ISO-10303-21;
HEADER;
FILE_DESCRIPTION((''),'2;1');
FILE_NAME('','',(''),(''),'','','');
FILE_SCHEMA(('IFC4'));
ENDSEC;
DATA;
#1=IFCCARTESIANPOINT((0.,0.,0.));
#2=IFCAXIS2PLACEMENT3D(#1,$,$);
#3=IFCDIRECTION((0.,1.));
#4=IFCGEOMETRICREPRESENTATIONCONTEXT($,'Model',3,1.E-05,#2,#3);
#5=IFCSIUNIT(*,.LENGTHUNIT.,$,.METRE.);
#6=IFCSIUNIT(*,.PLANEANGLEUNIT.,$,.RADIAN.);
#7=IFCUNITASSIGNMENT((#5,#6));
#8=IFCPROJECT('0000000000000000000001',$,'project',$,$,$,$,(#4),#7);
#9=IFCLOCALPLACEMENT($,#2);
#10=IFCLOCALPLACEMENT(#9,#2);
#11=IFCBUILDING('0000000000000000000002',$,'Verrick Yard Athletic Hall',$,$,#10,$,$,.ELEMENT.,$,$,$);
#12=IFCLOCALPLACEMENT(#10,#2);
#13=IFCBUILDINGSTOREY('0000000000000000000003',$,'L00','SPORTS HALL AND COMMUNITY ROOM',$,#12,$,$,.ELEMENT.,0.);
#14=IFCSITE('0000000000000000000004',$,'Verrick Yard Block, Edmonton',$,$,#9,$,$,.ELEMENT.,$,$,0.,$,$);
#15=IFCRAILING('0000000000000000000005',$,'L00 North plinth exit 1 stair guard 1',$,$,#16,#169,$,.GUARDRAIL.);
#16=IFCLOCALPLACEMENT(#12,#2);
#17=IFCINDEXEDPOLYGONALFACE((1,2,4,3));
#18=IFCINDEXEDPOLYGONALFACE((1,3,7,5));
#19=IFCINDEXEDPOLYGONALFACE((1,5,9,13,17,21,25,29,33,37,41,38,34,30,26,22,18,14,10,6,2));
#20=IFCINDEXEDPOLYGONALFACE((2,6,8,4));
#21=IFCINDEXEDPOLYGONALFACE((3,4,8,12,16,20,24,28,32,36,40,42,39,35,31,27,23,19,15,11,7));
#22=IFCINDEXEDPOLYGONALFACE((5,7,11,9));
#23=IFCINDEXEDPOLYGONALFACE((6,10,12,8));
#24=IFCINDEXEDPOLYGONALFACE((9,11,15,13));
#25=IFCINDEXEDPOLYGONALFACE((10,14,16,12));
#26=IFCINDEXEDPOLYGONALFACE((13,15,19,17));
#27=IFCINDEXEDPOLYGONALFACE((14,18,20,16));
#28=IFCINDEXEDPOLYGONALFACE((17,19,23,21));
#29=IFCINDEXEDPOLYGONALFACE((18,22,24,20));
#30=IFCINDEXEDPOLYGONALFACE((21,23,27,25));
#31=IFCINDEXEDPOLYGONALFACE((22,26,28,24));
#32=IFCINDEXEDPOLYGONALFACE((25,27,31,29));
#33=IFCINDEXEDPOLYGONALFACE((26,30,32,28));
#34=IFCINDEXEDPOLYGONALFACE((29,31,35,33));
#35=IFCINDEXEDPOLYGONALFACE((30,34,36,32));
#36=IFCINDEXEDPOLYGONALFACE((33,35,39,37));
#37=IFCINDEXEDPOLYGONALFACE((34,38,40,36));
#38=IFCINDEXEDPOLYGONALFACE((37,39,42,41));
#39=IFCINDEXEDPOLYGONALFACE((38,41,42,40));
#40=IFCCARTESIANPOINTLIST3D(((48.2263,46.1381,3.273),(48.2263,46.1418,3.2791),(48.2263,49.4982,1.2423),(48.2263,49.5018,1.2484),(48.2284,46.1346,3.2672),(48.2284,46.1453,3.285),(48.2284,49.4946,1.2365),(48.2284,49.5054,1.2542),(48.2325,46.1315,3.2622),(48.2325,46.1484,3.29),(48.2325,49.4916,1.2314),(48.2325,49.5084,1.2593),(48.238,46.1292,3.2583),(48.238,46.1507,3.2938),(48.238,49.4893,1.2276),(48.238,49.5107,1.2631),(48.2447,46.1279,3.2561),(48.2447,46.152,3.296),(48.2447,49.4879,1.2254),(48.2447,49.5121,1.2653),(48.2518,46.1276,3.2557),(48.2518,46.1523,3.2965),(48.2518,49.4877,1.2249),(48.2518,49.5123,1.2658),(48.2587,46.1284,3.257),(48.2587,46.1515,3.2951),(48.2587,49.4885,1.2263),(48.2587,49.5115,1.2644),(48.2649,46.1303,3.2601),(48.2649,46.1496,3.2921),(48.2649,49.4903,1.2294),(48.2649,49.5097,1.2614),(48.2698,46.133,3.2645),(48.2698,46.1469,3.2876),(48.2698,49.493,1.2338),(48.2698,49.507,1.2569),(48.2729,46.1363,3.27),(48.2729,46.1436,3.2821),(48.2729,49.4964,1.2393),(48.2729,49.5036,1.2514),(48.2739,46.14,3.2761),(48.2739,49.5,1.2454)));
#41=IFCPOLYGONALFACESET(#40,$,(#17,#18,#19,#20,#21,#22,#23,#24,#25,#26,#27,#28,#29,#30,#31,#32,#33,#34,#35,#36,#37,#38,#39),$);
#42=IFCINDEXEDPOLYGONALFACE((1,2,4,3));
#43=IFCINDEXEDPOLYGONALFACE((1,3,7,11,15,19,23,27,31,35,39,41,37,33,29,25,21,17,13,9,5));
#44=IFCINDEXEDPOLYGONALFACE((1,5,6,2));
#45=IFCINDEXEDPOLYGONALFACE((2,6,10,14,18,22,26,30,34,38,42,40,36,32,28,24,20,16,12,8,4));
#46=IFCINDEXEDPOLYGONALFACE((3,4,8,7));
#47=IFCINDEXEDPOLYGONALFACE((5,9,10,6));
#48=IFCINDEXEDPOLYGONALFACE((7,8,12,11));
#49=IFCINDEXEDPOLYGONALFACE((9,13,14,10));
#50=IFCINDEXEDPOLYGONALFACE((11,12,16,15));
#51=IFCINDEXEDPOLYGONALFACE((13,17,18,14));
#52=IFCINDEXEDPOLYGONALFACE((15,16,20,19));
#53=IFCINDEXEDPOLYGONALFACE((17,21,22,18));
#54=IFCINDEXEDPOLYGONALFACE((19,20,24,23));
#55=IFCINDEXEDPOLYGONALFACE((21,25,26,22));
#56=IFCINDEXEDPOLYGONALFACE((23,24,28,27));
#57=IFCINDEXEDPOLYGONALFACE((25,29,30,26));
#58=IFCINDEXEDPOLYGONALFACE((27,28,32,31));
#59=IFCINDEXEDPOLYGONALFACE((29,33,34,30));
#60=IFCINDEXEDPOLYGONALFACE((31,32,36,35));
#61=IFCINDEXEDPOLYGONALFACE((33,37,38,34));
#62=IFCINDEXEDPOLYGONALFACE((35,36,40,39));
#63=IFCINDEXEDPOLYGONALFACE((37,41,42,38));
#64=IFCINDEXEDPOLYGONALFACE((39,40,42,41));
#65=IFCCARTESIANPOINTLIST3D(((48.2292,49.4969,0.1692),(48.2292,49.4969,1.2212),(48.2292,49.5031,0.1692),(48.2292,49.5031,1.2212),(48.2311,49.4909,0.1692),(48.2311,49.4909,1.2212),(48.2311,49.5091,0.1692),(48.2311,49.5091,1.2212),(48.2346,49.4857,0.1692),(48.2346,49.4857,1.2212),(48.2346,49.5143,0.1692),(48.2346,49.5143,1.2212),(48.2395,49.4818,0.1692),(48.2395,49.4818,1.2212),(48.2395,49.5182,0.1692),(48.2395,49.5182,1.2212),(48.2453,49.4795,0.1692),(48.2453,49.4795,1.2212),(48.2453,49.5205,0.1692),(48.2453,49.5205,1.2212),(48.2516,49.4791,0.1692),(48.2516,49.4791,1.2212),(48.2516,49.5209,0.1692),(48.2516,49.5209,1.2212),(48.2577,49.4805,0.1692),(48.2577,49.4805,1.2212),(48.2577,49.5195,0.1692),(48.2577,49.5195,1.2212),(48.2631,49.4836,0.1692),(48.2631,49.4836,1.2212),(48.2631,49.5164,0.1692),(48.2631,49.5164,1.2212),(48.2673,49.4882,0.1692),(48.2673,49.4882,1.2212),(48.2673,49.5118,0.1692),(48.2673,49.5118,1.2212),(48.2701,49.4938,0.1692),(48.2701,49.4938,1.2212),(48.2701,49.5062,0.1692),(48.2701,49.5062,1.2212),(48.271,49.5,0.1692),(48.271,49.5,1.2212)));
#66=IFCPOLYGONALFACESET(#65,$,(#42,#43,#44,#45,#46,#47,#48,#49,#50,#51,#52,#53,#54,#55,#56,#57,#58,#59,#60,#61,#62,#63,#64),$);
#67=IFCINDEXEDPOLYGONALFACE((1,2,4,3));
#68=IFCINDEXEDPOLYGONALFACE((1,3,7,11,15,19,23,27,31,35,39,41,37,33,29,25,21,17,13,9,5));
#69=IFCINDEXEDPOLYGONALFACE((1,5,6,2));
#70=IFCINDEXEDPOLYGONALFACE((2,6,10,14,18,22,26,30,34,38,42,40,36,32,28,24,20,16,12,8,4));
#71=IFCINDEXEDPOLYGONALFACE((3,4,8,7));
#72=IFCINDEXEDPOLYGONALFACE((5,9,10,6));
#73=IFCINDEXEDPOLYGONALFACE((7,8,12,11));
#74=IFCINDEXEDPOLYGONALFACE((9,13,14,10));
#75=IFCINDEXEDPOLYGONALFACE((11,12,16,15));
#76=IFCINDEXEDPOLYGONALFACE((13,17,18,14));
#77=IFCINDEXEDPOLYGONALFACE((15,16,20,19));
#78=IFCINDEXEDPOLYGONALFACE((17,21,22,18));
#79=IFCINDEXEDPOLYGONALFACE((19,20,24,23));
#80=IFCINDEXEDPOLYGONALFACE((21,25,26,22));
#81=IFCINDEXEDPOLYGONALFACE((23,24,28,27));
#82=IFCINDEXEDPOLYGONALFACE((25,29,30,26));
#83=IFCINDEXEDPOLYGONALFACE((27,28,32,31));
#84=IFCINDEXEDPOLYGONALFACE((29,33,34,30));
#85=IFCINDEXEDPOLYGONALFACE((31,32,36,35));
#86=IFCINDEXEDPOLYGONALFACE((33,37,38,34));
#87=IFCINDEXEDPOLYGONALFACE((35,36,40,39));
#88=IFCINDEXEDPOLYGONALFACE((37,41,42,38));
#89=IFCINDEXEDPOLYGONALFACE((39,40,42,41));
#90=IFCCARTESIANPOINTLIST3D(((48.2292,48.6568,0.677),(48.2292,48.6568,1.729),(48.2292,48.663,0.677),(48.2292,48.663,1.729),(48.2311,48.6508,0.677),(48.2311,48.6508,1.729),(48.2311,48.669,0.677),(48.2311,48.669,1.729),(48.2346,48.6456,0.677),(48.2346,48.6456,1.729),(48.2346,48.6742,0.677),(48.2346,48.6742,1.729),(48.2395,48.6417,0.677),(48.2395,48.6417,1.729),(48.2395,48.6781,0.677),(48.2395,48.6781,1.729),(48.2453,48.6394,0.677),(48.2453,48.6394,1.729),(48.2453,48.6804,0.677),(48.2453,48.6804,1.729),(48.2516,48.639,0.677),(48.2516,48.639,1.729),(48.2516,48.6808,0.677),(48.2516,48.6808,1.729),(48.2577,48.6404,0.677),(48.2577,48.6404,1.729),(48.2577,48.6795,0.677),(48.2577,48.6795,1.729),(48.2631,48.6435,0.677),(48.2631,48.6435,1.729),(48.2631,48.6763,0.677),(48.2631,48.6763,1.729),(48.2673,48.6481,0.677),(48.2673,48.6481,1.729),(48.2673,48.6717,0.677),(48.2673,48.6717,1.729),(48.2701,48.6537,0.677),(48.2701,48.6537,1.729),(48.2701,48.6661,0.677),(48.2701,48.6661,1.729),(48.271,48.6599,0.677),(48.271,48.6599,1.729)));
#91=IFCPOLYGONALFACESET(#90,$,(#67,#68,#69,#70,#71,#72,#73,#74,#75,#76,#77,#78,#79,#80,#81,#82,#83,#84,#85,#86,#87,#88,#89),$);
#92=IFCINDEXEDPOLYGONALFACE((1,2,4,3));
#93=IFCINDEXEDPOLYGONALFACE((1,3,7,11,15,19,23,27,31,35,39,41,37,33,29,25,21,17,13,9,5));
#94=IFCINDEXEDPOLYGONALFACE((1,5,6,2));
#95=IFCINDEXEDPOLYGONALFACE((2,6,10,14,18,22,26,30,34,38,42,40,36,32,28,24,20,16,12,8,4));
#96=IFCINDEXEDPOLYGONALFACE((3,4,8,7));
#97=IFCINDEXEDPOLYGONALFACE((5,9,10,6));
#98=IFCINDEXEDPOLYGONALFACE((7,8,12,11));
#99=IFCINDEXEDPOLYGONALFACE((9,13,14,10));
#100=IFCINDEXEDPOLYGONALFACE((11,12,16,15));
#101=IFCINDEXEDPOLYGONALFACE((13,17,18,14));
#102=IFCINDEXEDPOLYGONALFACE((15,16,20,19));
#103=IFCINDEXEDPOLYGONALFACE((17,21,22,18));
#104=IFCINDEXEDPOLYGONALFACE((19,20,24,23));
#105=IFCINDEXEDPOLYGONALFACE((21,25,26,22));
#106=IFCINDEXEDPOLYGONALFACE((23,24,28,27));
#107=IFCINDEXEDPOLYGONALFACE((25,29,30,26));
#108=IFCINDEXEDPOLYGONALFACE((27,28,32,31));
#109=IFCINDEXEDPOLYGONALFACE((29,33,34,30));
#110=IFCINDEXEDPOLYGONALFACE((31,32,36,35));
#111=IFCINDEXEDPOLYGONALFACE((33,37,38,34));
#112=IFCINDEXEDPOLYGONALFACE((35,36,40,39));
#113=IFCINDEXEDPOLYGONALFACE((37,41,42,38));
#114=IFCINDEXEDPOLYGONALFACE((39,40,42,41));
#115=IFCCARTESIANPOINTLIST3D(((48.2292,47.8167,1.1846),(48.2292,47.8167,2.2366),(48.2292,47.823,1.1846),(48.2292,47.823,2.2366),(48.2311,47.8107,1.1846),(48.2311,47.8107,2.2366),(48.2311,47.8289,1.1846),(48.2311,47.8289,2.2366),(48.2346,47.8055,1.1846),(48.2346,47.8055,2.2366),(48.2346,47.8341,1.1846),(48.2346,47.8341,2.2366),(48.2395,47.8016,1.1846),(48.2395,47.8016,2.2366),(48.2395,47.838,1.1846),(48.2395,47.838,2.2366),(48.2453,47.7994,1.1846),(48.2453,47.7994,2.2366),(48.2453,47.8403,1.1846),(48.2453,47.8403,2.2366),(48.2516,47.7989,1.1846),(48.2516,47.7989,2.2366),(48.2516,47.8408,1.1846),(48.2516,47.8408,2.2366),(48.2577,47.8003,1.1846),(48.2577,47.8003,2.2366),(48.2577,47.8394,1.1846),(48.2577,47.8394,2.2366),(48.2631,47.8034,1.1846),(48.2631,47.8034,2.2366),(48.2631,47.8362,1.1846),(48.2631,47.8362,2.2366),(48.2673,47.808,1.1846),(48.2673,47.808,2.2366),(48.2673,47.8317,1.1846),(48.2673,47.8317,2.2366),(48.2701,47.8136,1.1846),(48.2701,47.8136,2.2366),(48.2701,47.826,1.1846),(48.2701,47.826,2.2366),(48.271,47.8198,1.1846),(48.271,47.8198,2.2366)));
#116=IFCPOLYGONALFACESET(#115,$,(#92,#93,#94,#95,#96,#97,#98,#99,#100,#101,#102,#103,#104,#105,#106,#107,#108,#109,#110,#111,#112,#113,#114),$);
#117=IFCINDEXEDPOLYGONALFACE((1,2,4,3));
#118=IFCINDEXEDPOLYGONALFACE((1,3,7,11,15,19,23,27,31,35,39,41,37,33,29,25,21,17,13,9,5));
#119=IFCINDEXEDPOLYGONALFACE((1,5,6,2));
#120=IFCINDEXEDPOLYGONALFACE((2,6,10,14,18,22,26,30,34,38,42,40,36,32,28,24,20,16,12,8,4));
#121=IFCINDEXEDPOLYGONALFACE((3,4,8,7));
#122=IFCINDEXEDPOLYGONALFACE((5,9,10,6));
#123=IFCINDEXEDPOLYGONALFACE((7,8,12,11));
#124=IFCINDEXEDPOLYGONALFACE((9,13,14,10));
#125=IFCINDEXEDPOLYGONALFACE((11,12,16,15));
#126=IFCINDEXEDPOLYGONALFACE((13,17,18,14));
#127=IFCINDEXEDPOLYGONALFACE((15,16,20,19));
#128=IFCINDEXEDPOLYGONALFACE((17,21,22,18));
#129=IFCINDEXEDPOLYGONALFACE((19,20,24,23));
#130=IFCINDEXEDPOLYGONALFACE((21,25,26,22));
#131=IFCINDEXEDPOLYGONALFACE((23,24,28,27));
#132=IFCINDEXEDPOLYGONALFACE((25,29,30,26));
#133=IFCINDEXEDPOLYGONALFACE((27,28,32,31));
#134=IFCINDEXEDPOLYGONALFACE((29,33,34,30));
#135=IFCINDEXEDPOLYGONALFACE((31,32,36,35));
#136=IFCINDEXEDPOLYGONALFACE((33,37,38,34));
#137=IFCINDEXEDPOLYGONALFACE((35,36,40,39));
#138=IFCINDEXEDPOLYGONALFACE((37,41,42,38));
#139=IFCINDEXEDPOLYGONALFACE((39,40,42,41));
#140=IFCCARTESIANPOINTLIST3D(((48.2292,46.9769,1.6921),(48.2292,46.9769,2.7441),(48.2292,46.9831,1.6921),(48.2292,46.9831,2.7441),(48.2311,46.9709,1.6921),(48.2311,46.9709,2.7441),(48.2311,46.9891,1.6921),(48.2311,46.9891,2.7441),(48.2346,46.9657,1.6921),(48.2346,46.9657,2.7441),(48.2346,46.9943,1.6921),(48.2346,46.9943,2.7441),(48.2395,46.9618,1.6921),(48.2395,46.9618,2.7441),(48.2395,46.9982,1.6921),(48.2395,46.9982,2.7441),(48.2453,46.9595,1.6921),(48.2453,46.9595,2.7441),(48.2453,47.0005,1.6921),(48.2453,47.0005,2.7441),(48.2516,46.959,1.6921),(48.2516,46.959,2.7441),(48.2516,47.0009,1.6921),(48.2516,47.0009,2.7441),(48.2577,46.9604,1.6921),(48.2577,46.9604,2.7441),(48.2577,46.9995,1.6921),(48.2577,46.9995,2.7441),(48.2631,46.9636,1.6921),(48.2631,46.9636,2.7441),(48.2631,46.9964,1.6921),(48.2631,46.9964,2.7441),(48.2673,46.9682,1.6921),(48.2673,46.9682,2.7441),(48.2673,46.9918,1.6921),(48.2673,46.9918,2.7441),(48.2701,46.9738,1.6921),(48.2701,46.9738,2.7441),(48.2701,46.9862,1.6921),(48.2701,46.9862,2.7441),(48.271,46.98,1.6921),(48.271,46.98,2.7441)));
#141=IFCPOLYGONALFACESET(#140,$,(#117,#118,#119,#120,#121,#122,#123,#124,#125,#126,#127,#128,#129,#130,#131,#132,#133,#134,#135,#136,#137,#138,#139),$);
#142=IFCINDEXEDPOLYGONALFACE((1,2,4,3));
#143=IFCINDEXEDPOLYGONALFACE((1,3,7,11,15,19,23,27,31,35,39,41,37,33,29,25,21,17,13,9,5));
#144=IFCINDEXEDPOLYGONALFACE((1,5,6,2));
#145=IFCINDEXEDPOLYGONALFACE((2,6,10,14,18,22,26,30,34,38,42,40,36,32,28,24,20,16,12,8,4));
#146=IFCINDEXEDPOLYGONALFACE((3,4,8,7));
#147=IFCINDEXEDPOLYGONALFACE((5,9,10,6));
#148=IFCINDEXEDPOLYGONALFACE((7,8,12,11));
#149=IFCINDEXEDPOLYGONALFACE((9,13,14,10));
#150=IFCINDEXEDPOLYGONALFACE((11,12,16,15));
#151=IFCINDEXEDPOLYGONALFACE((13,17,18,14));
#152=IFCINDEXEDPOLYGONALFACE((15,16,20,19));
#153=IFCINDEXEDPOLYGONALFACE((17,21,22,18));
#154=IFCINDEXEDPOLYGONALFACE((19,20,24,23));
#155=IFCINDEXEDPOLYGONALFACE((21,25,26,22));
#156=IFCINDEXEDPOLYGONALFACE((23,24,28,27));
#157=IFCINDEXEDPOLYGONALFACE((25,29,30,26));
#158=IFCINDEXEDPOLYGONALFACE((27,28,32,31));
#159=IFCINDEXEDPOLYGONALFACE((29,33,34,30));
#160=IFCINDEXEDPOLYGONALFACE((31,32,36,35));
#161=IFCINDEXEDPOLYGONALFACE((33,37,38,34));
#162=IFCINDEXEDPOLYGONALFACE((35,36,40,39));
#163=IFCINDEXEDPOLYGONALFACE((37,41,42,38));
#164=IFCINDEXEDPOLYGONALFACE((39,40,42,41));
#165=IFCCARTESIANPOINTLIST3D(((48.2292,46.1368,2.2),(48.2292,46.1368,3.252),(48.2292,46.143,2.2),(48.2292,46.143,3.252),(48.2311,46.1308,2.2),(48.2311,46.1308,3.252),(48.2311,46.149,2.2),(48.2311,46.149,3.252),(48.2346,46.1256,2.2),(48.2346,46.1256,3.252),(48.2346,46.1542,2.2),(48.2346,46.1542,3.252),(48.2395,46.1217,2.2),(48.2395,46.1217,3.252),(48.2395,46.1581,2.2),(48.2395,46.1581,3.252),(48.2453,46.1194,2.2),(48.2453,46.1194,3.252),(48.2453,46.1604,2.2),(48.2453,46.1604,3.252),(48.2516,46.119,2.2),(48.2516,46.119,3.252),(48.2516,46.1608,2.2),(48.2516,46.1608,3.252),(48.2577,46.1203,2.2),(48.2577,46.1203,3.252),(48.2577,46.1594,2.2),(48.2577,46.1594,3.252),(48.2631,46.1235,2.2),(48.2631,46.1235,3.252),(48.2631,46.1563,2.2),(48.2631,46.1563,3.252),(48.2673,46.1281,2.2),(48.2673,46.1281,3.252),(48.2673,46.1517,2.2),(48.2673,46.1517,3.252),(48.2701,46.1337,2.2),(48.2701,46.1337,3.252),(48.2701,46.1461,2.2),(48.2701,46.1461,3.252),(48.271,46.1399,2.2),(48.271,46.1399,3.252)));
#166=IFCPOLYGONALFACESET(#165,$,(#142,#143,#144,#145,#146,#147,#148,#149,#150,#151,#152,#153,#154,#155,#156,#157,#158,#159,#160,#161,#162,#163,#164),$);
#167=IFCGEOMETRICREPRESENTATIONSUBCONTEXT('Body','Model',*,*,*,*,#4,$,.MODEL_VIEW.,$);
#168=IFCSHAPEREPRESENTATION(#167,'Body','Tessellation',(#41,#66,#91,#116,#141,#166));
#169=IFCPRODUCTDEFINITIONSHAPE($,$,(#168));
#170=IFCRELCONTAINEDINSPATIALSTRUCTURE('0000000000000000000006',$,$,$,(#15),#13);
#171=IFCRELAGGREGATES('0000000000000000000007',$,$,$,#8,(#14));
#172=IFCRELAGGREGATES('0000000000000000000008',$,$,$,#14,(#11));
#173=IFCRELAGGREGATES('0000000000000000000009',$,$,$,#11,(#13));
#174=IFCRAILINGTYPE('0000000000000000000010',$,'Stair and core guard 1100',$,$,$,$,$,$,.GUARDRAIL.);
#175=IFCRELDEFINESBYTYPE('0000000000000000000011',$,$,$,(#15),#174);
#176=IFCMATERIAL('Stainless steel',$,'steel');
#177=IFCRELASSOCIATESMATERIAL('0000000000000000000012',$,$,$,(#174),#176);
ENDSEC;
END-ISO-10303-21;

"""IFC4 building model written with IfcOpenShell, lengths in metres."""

from ifc_helpers import new_model, si_unit, direction, frame, origin, origin_2d, place, context, subcontext, project, spatial, circle, extrude, material, type_object, element, save


model = new_model("IFC4")

# Units and contexts
model_context = context("Model", 3, precision=1e-05, world=origin(), true_north=direction((0.0, 1.0)))
body_context = subcontext(model_context, "Body", "Model", "MODEL_VIEW")
ifc_project = project(units=[si_unit("LENGTHUNIT", "METRE"), si_unit("PLANEANGLEUNIT", "RADIAN")], contexts=[model_context])

# Site, building, storey
site_placement = place(None, origin())
site = spatial("IfcSite", under=ifc_project, at=site_placement, Name="Verrick Yard Block, Edmonton", CompositionType="ELEMENT", RefElevation=0.0)
building_placement = place(site_placement, origin())
building = spatial("IfcBuilding", under=site, at=building_placement, Name="Verrick Yard Athletic Hall", CompositionType="ELEMENT")
storey_placement = place(building_placement, origin())
storey = spatial("IfcBuildingStorey", under=building, at=storey_placement, Name="L00", Description="SPORTS HALL AND COMMUNITY ROOM", CompositionType="ELEMENT", Elevation=0.0)

# Railing
ifc_material_1 = material(Name="Stainless steel", Category="steel")
railing_type_1 = type_object("IfcRailingType", Name="Stair and core guard 1100", PredefinedType="GUARDRAIL", material=ifc_material_1)
railing_1_placement = place(storey_placement, frame((48.25, 49.5, 0.1692)))
element("IfcRailing", 1, at=railing_1_placement, inside=storey, type_object=railing_type_1, Name="L00 North plinth exit 1 stair guard 1", PredefinedType="GUARDRAIL", context=body_context, shape_type="SweptSolid", body=[
    extrude(circle(Radius=0.0239, at=origin_2d()), frame((0.0, 0.0, 1.0762), z_axis=(0.0, -0.855837, 0.517246), x_axis=(1.0, 0.0, 0.0)), (0.0, 0.0, 1.0), 3.926),
    extrude(circle(Radius=0.021, at=origin_2d()), origin(), (0.0, 0.0, 1.0), 1.052),
    extrude(circle(Radius=0.021, at=origin_2d()), frame((0.0, -0.8401, 0.5078)), (0.0, 0.0, 1.0), 1.052),
    extrude(circle(Radius=0.021, at=origin_2d()), frame((0.0, -1.6802, 1.0154)), (0.0, 0.0, 1.0), 1.052),
    extrude(circle(Radius=0.021, at=origin_2d()), frame((0.0, -2.52, 1.5229)), (0.0, 0.0, 1.0), 1.052),
    extrude(circle(Radius=0.021, at=origin_2d()), frame((0.0, -3.3601, 2.0308)), (0.0, 0.0, 1.0), 1.052),
])

save(model, "model.ifc")
